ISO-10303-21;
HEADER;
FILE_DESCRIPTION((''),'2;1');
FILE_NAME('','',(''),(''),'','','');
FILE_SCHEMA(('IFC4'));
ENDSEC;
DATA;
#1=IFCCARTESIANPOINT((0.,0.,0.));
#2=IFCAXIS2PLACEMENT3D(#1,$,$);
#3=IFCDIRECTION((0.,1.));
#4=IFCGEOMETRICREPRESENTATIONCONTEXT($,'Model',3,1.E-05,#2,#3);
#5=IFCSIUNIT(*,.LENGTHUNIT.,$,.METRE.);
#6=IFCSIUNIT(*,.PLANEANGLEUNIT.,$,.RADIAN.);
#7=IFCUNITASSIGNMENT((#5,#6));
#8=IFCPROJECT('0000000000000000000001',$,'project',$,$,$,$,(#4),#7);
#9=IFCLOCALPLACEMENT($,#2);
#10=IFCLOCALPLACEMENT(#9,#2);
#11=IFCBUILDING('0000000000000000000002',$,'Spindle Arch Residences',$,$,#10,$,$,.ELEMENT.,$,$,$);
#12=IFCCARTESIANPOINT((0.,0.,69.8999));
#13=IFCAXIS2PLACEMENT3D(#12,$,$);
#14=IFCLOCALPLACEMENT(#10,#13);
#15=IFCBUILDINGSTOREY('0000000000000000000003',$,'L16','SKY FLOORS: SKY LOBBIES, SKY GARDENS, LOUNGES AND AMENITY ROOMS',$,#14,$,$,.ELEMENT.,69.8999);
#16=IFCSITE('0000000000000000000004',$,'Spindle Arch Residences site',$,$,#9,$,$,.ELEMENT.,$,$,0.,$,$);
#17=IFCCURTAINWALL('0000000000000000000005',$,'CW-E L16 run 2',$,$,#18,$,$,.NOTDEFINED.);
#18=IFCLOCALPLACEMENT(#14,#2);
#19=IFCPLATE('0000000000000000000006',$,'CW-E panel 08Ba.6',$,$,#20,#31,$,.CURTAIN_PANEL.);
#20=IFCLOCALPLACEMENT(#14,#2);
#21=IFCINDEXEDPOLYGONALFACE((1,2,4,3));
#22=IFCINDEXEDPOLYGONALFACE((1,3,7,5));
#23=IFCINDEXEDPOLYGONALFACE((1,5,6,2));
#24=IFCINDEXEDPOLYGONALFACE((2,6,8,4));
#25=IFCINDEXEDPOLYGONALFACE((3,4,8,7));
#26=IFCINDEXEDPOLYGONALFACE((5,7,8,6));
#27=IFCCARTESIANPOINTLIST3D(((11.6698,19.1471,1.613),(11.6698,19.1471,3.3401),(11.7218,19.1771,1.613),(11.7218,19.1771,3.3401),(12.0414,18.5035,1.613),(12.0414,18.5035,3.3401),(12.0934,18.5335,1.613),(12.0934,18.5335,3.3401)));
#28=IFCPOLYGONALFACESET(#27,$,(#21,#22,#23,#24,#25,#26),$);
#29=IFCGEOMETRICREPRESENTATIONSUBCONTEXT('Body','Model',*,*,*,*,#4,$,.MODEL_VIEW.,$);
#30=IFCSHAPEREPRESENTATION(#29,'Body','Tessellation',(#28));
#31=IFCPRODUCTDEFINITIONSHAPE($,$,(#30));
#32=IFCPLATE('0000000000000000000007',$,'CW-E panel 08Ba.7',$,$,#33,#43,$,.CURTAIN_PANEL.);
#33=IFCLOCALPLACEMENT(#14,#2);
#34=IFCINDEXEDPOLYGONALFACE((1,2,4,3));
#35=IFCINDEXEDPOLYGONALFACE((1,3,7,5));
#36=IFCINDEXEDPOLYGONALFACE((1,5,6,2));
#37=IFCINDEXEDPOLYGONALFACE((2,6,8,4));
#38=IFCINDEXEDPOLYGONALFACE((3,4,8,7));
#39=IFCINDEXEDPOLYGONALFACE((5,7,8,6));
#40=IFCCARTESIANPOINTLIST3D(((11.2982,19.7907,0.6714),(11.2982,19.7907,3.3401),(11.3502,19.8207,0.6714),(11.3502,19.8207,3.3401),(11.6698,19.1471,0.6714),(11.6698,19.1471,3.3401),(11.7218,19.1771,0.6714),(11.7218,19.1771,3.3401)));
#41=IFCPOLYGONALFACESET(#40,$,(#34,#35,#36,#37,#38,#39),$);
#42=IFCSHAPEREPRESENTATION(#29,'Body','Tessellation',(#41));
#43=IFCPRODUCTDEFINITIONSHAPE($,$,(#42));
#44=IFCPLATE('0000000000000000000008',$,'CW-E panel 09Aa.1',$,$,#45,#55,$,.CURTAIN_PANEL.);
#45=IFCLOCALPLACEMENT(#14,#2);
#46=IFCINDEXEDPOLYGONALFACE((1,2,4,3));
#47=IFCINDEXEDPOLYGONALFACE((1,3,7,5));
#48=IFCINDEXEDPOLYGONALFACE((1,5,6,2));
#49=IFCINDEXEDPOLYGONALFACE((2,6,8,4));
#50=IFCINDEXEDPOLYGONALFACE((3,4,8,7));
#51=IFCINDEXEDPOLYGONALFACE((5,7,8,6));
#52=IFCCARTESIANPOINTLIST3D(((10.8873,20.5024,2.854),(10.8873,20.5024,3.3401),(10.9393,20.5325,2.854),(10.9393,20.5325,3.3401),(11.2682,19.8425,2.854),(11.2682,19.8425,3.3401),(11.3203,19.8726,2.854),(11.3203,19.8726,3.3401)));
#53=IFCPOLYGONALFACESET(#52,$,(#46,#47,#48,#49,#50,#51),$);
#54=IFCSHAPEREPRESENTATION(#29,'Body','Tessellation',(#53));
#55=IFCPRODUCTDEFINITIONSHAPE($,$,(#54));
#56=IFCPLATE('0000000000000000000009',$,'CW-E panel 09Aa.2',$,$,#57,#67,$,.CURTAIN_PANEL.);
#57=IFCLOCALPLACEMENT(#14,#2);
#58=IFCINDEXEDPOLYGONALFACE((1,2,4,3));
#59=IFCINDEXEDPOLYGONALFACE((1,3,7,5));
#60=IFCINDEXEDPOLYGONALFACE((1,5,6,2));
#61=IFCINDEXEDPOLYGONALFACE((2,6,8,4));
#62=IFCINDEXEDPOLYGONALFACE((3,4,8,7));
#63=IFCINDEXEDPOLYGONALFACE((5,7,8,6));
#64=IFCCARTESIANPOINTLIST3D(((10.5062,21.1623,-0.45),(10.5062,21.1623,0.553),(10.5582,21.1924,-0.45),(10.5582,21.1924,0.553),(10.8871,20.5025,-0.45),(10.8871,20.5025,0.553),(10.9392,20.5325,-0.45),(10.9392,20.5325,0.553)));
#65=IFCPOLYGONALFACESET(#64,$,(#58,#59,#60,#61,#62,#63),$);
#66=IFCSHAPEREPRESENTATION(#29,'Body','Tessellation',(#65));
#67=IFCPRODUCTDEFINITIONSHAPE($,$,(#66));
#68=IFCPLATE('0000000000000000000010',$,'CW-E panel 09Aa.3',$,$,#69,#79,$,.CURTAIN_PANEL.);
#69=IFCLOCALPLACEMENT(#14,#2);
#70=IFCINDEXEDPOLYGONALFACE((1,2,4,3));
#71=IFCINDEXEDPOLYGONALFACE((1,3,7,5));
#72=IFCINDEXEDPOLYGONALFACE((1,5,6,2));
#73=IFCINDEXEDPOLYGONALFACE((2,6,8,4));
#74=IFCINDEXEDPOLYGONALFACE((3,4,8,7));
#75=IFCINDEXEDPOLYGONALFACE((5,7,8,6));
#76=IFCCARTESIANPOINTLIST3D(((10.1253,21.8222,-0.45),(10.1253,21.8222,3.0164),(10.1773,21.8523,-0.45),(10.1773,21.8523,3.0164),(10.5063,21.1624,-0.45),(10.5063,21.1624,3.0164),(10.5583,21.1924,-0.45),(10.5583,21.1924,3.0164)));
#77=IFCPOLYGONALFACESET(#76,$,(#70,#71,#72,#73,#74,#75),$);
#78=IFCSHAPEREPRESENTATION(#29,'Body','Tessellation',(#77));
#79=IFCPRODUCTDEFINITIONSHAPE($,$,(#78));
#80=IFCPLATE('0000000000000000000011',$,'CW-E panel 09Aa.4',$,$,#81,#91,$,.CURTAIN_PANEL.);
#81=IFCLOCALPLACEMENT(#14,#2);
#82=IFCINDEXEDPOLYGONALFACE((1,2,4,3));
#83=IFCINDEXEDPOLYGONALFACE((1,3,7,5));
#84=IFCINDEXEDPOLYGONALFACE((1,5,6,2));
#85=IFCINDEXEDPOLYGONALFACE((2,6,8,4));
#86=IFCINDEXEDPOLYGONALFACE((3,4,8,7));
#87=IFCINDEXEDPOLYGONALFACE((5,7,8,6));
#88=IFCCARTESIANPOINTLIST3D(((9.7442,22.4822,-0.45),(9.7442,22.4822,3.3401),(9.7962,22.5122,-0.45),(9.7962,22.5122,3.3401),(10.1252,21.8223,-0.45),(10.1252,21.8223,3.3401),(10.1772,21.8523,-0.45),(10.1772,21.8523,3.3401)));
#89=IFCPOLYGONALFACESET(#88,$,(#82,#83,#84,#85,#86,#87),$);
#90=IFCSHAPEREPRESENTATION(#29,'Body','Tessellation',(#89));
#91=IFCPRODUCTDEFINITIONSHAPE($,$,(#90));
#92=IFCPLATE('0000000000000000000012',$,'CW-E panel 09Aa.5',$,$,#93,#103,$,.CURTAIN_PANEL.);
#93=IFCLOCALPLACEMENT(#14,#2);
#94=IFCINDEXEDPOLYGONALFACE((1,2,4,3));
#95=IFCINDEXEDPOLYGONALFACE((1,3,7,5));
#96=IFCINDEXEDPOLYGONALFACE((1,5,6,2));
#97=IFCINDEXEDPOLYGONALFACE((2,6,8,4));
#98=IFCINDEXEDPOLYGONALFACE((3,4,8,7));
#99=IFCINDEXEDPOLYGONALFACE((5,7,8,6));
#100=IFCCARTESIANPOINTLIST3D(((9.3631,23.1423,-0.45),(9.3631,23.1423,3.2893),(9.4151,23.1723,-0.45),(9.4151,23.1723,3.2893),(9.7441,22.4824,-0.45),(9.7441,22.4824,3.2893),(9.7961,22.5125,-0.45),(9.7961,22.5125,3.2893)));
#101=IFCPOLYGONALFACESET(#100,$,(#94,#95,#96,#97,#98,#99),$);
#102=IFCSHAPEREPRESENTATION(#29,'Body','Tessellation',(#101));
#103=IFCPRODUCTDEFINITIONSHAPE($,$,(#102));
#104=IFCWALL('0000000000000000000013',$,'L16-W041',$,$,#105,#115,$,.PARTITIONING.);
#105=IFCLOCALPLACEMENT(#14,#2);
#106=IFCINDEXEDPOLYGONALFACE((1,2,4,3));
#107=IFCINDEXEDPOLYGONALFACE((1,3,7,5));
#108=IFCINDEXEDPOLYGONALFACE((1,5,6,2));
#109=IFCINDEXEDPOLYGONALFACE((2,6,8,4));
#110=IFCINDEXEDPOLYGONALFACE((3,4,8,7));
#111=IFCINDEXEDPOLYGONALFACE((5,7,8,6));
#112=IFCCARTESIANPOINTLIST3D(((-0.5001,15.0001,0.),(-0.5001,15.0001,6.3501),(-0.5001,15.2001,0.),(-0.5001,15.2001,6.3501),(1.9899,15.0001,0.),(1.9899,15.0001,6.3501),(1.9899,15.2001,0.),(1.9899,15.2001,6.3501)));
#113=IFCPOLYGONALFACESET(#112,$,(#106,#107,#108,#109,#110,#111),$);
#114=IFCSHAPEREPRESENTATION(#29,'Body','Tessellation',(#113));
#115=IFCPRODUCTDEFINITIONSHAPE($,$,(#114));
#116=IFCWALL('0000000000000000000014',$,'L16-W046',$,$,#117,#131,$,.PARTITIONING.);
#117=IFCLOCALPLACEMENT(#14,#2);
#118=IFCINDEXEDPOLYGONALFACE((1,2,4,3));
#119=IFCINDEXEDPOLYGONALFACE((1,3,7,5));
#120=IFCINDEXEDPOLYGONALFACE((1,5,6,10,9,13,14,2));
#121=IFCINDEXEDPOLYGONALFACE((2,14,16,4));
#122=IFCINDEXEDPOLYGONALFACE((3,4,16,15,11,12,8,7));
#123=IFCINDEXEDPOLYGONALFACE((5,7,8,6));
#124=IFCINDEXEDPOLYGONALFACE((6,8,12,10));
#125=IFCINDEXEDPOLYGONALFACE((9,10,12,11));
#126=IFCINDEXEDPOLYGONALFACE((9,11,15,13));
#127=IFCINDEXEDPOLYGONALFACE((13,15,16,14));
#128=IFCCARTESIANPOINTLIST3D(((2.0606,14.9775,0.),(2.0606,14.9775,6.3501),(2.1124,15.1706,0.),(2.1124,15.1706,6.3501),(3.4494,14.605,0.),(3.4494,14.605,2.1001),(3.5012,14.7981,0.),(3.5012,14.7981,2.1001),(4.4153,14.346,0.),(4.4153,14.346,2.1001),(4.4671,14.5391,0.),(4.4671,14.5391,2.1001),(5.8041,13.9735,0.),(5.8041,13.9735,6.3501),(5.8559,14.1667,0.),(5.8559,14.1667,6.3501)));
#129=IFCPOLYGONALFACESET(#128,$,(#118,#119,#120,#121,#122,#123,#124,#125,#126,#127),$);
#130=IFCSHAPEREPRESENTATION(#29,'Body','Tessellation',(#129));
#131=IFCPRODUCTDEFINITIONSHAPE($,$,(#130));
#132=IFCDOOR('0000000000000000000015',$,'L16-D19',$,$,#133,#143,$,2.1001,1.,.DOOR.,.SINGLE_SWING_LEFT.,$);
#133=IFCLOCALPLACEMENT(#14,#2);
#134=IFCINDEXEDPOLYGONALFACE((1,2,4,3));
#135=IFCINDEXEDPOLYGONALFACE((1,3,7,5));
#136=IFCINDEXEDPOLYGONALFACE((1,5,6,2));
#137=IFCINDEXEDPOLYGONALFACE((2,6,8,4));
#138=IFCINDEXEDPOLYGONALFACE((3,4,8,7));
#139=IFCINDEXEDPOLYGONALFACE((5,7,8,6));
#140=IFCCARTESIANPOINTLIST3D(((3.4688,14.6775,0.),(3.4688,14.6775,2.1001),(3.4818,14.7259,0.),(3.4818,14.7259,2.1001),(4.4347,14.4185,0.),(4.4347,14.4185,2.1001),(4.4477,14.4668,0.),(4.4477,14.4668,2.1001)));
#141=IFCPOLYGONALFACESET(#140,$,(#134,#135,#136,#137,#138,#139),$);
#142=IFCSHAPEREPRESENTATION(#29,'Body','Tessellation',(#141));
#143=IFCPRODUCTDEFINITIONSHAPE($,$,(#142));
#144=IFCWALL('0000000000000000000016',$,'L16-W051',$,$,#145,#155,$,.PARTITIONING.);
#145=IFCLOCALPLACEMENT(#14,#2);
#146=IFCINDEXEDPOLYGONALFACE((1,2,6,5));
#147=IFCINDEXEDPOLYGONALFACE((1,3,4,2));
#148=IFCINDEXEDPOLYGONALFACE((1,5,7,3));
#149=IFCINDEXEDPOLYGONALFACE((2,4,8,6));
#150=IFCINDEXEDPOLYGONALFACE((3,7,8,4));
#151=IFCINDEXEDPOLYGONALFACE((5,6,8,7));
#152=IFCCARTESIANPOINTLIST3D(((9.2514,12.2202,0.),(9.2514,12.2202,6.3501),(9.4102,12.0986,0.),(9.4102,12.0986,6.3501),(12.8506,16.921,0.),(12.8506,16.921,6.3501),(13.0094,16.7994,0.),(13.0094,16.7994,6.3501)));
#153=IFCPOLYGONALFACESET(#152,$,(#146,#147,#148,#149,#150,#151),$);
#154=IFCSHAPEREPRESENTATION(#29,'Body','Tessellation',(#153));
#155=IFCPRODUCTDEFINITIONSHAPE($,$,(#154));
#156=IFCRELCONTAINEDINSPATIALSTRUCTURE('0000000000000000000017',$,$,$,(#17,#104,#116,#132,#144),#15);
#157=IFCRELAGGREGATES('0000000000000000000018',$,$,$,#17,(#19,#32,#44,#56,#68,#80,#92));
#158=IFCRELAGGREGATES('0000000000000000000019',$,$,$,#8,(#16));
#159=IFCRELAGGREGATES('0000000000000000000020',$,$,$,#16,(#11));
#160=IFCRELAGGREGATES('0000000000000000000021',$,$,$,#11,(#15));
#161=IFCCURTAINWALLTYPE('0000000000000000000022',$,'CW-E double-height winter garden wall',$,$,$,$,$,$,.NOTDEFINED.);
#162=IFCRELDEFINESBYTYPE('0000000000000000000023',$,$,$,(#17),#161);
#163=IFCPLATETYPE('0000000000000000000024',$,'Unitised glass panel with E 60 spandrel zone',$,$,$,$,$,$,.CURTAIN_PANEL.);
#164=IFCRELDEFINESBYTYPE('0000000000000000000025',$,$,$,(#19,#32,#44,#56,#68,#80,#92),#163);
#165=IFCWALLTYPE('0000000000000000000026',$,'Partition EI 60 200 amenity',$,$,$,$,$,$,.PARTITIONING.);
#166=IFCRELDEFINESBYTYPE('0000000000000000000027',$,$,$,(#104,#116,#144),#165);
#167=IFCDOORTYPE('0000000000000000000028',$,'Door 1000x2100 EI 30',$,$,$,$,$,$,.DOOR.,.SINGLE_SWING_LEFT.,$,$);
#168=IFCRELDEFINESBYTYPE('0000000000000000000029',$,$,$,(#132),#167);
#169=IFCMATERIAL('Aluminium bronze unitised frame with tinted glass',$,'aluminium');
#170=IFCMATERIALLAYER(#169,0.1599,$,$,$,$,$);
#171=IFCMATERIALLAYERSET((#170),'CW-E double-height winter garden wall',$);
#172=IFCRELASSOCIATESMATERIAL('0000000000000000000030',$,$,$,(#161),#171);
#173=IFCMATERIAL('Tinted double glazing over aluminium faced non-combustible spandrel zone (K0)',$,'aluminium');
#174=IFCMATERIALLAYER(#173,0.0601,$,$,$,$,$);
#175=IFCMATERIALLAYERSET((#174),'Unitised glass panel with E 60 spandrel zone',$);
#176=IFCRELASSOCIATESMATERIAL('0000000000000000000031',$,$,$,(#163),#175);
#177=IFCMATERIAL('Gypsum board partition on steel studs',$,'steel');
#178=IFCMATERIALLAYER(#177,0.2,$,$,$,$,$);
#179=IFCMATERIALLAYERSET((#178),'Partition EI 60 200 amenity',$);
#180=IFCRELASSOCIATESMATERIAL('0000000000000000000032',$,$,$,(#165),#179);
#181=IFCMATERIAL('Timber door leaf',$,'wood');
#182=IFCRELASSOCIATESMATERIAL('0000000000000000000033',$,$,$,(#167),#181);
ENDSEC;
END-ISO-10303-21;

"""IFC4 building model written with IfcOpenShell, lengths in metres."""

from ifc_helpers import new_model, si_unit, direction, frame, frame_2d, origin, origin_2d, place, context, subcontext, project, spatial, rectangle, extrude, material, layer, layer_set, type_object, element, fill, aggregate, save


model = new_model("IFC4")

# Units and contexts
model_context = context("Model", 3, precision=1e-05, world=origin(), true_north=direction((0.0, 1.0)))
body_context = subcontext(model_context, "Body", "Model", "MODEL_VIEW")
ifc_project = project(units=[si_unit("LENGTHUNIT", "METRE"), si_unit("PLANEANGLEUNIT", "RADIAN")], contexts=[model_context])

# Site, building, storey
site_placement = place(None, origin())
site = spatial("IfcSite", under=ifc_project, at=site_placement, Name="Spindle Arch Residences site", CompositionType="ELEMENT", RefElevation=0.0)
building_placement = place(site_placement, origin())
building = spatial("IfcBuilding", under=site, at=building_placement, Name="Spindle Arch Residences", CompositionType="ELEMENT")
storey_placement = place(building_placement, frame((0.0, 0.0, 69.8999)))
storey = spatial("IfcBuildingStorey", under=building, at=storey_placement, Name="L16", Description="SKY FLOORS: SKY LOBBIES, SKY GARDENS, LOUNGES AND AMENITY ROOMS", CompositionType="ELEMENT", Elevation=69.8999)

# Curtain wall, plates
ifc_material_1 = material(Name="Aluminium bronze unitised frame with tinted glass", Category="aluminium")
ifc_layer_1 = layer(ifc_material_1, 0.1599)
ifc_layer_set_1 = layer_set([ifc_layer_1], Name="CW-E double-height winter garden wall")
curtain_wall_type = type_object("IfcCurtainWallType", Name="CW-E double-height winter garden wall", PredefinedType="NOTDEFINED", material=ifc_layer_set_1)
curtain_wall_placement = place(storey_placement, origin())
curtain_wall = element("IfcCurtainWall", 1, at=curtain_wall_placement, inside=storey, type_object=curtain_wall_type, Name="CW-E L16 run 2", PredefinedType="NOTDEFINED")
ifc_material_2 = material(Name="Tinted double glazing over aluminium faced non-combustible spandrel zone (K0)", Category="aluminium")
ifc_layer_2 = layer(ifc_material_2, 0.0601)
ifc_layer_set_2 = layer_set([ifc_layer_2], Name="Unitised glass panel with E 60 spandrel zone")
plate_type_1 = type_object("IfcPlateType", Name="Unitised glass panel with E 60 spandrel zone", PredefinedType="CURTAIN_PANEL", material=ifc_layer_set_2)
plate_1_placement = place(storey_placement, frame((11.8816, 18.8403, 1.613), z_axis=(0.0, 0.0, 1.0), x_axis=(-0.5, 0.866025, 0.0)))
plate_1 = element("IfcPlate", 2, at=plate_1_placement, type_object=plate_type_1, Name="CW-E panel 08Ba.6", PredefinedType="CURTAIN_PANEL", context=body_context, shape_type="SweptSolid", body=[
    extrude(rectangle(XDim=0.7432, YDim=0.0601, at=origin_2d()), origin(), (0.0, 0.0, 1.0), 1.7271),
])
plate_2_placement = place(storey_placement, frame((11.51, 19.4839, 0.6714), z_axis=(0.0, 0.0, 1.0), x_axis=(-0.5, 0.866025, 0.0)))
plate_2 = element("IfcPlate", 3, at=plate_2_placement, type_object=plate_type_1, Name="CW-E panel 08Ba.7", PredefinedType="CURTAIN_PANEL", context=body_context, shape_type="SweptSolid", body=[
    extrude(rectangle(XDim=0.7432, YDim=0.0601, at=origin_2d()), origin(), (0.0, 0.0, 1.0), 2.6687),
])
plate_3_placement = place(storey_placement, frame((11.1038, 20.1875, 2.854), z_axis=(0.0, 0.0, 1.0), x_axis=(-0.5, 0.866025, 0.0)))
plate_3 = element("IfcPlate", 4, at=plate_3_placement, type_object=plate_type_1, Name="CW-E panel 09Aa.1", PredefinedType="CURTAIN_PANEL", context=body_context, shape_type="SweptSolid", body=[
    extrude(rectangle(XDim=0.762, YDim=0.0601, at=origin_2d()), origin(), (0.0, 0.0, 1.0), 0.4861),
])
plate_4_placement = place(storey_placement, frame((10.7227, 20.8474, -0.45), z_axis=(0.0, 0.0, 1.0), x_axis=(-0.5, 0.866025, 0.0)))
plate_4 = element("IfcPlate", 5, at=plate_4_placement, type_object=plate_type_1, Name="CW-E panel 09Aa.2", PredefinedType="CURTAIN_PANEL", context=body_context, shape_type="SweptSolid", body=[
    extrude(rectangle(XDim=0.762, YDim=0.0601, at=origin_2d()), origin(), (0.0, 0.0, 1.0), 1.0029),
])
plate_5_placement = place(storey_placement, frame((10.3418, 21.5073, -0.45), z_axis=(0.0, 0.0, 1.0), x_axis=(-0.5, 0.866025, 0.0)))
plate_5 = element("IfcPlate", 6, at=plate_5_placement, type_object=plate_type_1, Name="CW-E panel 09Aa.3", PredefinedType="CURTAIN_PANEL", context=body_context, shape_type="SweptSolid", body=[
    extrude(rectangle(XDim=0.762, YDim=0.0601, at=origin_2d()), origin(), (0.0, 0.0, 1.0), 3.4663),
])
plate_6_placement = place(storey_placement, frame((9.9607, 22.1672, -0.45), z_axis=(0.0, 0.0, 1.0), x_axis=(-0.5, 0.866025, 0.0)))
plate_6 = element("IfcPlate", 7, at=plate_6_placement, type_object=plate_type_1, Name="CW-E panel 09Aa.4", PredefinedType="CURTAIN_PANEL", context=body_context, shape_type="SweptSolid", body=[
    extrude(rectangle(XDim=0.762, YDim=0.0601, at=origin_2d()), origin(), (0.0, 0.0, 1.0), 3.79),
])
plate_7_placement = place(storey_placement, frame((9.5796, 22.8274, -0.45), z_axis=(0.0, 0.0, 1.0), x_axis=(-0.5, 0.866025, 0.0)))
plate_7 = element("IfcPlate", 8, at=plate_7_placement, type_object=plate_type_1, Name="CW-E panel 09Aa.5", PredefinedType="CURTAIN_PANEL", context=body_context, shape_type="SweptSolid", body=[
    extrude(rectangle(XDim=0.762, YDim=0.0601, at=origin_2d()), origin(), (0.0, 0.0, 1.0), 3.7393),
])
aggregate(curtain_wall, [plate_1, plate_2, plate_3, plate_4, plate_5, plate_6, plate_7])

# Wall
ifc_material_3 = material(Name="Gypsum board partition on steel studs", Category="steel")
ifc_layer_3 = layer(ifc_material_3, 0.2)
ifc_layer_set_3 = layer_set([ifc_layer_3], Name="Partition EI 60 200 amenity")
wall_type = type_object("IfcWallType", Name="Partition EI 60 200 amenity", PredefinedType="PARTITIONING", material=ifc_layer_set_3)
wall_1_placement = place(storey_placement, frame((1.99, 15.1001, 0.0), z_axis=(0.0, 0.0, 1.0), x_axis=(-1.0, 0.0, 0.0)))
element("IfcWall", 9, at=wall_1_placement, inside=storey, type_object=wall_type, Name="L16-W041", PredefinedType="PARTITIONING", context=body_context, shape_type="SweptSolid", body=[
    extrude(rectangle(XDim=2.49, YDim=0.2, at=frame_2d((1.2451, 0.0))), origin(), (0.0, 0.0, 1.0), 6.3501),
])

# Wall, opening, door
wall_2_placement = place(storey_placement, frame((5.8301, 14.0701, 0.0), z_axis=(0.0, 0.0, 1.0), x_axis=(-0.96587, 0.259027, 0.0)))
wall_2 = element("IfcWall", 10, at=wall_2_placement, inside=storey, type_object=wall_type, Name="L16-W046", PredefinedType="PARTITIONING", context=body_context, shape_type="SweptSolid", body=[
    extrude(rectangle(XDim=3.8757, YDim=0.2, at=frame_2d((1.938, 0.0))), origin(), (0.0, 0.0, 1.0), 6.3501),
])
opening_placement = place(wall_2_placement, frame((1.438, 0.0, 0.0)))
opening = element("IfcOpeningElement", 11, at=opening_placement, cuts=wall_2, PredefinedType="OPENING", context=body_context, shape_type="SweptSolid", body=[
    extrude(rectangle(XDim=1.0, YDim=2.1001, at=frame_2d((0.5, 1.05))), frame((0.0, 0.1099, 0.0), z_axis=(0.0, -1.0, 0.0), x_axis=(1.0, 0.0, 0.0)), (0.0, 0.0, 1.0), 0.22),
])
ifc_material_4 = material(Name="Timber door leaf", Category="wood")
door_type = type_object("IfcDoorType", Name="Door 1000x2100 EI 30", OperationType="SINGLE_SWING_LEFT", PredefinedType="DOOR", material=ifc_material_4)
door_placement = place(opening_placement, origin())
door = element("IfcDoor", 12, at=door_placement, inside=storey, type_object=door_type, Name="L16-D19", OperationType="SINGLE_SWING_LEFT", OverallHeight=2.1001, OverallWidth=1.0, PredefinedType="DOOR", context=body_context, shape_type="SweptSolid", body=[
    extrude(rectangle(XDim=1.0, YDim=2.1001, at=frame_2d((0.5, 1.05))), frame((0.0, 0.0249, 0.0), z_axis=(0.0, -1.0, 0.0), x_axis=(1.0, 0.0, 0.0)), (0.0, 0.0, 1.0), 0.05),
])
fill(opening, door)

# Wall
wall_3_placement = place(storey_placement, frame((9.3308, 12.1594, 0.0), z_axis=(0.0, 0.0, 1.0), x_axis=(0.607928, 0.793992, 0.0)))
element("IfcWall", 13, at=wall_3_placement, inside=storey, type_object=wall_type, Name="L16-W051", PredefinedType="PARTITIONING", context=body_context, shape_type="SweptSolid", body=[
    extrude(rectangle(XDim=5.9204, YDim=0.2, at=frame_2d((2.9602, 0.0))), origin(), (0.0, 0.0, 1.0), 6.3501),
])

save(model, "model.ifc")
